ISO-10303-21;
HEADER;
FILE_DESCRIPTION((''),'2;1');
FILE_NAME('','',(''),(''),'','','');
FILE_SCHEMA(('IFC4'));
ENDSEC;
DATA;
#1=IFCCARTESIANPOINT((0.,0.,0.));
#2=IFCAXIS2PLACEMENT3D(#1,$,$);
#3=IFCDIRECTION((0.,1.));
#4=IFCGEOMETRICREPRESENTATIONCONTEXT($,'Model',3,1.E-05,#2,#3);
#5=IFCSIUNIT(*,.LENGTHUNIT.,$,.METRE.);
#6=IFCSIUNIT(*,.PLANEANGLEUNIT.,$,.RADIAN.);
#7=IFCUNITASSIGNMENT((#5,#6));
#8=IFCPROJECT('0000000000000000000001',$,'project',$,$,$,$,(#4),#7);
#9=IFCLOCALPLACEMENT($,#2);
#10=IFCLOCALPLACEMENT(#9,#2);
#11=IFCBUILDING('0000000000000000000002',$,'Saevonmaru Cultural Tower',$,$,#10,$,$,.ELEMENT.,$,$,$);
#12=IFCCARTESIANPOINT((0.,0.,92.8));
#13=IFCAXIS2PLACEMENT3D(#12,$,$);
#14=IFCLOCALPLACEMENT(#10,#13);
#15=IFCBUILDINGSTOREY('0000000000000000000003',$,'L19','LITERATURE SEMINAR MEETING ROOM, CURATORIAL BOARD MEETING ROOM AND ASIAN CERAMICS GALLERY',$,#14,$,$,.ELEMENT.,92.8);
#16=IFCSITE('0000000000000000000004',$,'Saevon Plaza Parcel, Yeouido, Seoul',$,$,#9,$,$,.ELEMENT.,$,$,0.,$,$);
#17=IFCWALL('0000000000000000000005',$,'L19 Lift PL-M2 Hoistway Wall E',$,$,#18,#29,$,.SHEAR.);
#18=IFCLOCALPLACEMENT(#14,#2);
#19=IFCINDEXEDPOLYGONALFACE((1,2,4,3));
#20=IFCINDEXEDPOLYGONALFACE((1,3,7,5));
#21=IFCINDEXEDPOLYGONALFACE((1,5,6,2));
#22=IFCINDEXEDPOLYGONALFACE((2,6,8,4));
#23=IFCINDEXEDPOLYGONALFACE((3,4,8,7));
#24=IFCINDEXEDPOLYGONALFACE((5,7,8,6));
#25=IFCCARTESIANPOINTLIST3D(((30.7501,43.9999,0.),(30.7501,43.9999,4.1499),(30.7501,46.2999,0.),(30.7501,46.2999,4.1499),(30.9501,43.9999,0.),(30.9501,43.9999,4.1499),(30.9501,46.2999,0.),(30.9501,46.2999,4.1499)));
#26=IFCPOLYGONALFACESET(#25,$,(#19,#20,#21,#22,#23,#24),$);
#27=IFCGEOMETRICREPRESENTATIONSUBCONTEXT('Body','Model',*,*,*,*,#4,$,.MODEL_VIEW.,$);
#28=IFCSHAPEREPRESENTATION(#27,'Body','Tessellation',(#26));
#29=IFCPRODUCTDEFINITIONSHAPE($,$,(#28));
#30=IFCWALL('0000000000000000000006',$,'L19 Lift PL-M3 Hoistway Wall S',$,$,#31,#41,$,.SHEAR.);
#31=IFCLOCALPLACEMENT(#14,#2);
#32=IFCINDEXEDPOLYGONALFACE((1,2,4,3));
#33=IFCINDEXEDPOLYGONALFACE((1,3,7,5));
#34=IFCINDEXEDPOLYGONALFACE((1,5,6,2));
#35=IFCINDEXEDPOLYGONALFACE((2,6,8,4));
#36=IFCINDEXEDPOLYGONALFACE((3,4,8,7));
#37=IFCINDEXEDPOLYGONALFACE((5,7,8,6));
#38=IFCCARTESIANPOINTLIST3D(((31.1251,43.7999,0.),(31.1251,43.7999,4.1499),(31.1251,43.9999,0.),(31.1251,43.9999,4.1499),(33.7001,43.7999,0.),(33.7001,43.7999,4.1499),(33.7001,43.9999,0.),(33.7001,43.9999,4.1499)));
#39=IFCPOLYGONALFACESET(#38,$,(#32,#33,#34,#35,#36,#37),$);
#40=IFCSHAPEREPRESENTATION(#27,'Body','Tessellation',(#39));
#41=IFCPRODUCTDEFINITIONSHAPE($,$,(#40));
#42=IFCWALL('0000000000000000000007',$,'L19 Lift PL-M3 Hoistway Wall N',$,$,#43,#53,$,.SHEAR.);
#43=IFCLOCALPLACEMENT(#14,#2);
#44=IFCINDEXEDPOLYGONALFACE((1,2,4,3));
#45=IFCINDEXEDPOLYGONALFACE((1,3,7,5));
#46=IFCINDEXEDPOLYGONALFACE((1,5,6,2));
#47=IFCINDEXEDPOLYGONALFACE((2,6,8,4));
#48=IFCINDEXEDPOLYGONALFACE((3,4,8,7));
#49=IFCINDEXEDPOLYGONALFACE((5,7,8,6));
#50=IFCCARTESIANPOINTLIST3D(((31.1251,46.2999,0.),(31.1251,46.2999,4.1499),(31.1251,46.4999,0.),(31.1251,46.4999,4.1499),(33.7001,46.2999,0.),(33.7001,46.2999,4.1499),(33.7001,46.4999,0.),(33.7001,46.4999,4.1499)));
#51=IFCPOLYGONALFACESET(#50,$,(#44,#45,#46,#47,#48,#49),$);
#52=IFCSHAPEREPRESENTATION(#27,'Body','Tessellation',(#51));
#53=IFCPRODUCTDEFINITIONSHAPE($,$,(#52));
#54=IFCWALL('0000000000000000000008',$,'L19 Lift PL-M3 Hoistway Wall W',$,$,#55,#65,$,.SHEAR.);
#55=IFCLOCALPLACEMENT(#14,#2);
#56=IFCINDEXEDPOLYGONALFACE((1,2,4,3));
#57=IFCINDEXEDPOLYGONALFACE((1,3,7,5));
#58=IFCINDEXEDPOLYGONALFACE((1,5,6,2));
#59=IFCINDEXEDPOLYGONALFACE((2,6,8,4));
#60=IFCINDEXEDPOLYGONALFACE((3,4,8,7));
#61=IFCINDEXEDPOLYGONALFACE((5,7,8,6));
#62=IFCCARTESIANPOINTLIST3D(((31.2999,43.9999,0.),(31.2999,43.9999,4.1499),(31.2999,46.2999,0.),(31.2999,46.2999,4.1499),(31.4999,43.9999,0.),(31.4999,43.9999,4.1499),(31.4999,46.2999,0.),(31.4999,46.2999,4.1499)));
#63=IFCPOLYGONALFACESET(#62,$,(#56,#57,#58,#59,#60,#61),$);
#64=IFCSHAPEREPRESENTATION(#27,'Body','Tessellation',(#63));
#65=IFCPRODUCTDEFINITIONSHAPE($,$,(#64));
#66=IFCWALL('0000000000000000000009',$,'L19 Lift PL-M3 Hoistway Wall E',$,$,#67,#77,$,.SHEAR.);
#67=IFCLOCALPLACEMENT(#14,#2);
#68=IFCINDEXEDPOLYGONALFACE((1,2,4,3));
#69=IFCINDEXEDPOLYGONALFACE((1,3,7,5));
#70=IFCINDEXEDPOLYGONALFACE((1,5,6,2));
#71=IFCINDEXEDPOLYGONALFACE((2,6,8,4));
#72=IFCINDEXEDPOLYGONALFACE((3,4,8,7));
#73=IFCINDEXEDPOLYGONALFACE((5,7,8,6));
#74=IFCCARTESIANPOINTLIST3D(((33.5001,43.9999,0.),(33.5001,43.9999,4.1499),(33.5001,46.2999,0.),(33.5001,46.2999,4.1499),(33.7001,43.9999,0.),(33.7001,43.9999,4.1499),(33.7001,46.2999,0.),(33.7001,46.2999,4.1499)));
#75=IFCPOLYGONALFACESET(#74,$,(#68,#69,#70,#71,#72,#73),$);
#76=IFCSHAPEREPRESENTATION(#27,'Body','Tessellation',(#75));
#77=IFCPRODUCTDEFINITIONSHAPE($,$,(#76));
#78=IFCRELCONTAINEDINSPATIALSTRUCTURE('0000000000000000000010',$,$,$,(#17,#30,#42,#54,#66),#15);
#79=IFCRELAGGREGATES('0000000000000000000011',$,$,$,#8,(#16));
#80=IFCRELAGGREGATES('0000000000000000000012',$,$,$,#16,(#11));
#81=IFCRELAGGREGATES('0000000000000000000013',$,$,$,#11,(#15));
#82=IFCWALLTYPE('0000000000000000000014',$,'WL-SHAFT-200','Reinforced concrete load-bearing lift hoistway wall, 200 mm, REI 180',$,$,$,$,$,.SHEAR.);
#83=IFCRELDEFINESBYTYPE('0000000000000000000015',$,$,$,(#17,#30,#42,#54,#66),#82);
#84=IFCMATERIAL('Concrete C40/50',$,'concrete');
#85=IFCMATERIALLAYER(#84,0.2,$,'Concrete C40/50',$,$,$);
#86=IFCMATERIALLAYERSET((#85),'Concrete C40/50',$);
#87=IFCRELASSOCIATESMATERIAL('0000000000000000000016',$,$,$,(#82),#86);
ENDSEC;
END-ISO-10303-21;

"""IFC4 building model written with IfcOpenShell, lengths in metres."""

from ifc_helpers import new_model, si_unit, direction, frame, frame_2d, origin, place, context, subcontext, project, spatial, rectangle, extrude, material, layer, layer_set, type_object, element, save


model = new_model("IFC4")

# Units and contexts
model_context = context("Model", 3, precision=1e-05, world=origin(), true_north=direction((0.0, 1.0)))
body_context = subcontext(model_context, "Body", "Model", "MODEL_VIEW")
ifc_project = project(units=[si_unit("LENGTHUNIT", "METRE"), si_unit("PLANEANGLEUNIT", "RADIAN")], contexts=[model_context])

# Site, building, storey
site_placement = place(None, origin())
site = spatial("IfcSite", under=ifc_project, at=site_placement, Name="Saevon Plaza Parcel, Yeouido, Seoul", CompositionType="ELEMENT", RefElevation=0.0)
building_placement = place(site_placement, origin())
building = spatial("IfcBuilding", under=site, at=building_placement, Name="Saevonmaru Cultural Tower", CompositionType="ELEMENT")
storey_placement = place(building_placement, frame((0.0, 0.0, 92.8)))
storey = spatial("IfcBuildingStorey", under=building, at=storey_placement, Name="L19", Description="LITERATURE SEMINAR MEETING ROOM, CURATORIAL BOARD MEETING ROOM AND ASIAN CERAMICS GALLERY", CompositionType="ELEMENT", Elevation=92.8)

# Walls
ifc_material_1 = material(Name="Concrete C40/50", Category="concrete")
ifc_layer_1 = layer(ifc_material_1, 0.2, Name="Concrete C40/50")
ifc_layer_set_1 = layer_set([ifc_layer_1], Name="Concrete C40/50")
wall_type_1 = type_object("IfcWallType", Name="WL-SHAFT-200", Description="Reinforced concrete load-bearing lift hoistway wall, 200 mm, REI 180", PredefinedType="SHEAR", material=ifc_layer_set_1)
for number, where, z_axis, x_axis, name in (
    (1, (30.8501, 44.0, 0.0), (0.0, 0.0, 1.0), (0.0, 1.0, 0.0), "L19 Lift PL-M2 Hoistway Wall E"),
):
    element("IfcWall", number, at=place(storey_placement, frame(where, z_axis=z_axis, x_axis=x_axis)), inside=storey, type_object=wall_type_1, Name=name, PredefinedType="SHEAR", context=body_context, shape_type="SweptSolid", body=[
        extrude(rectangle(XDim=2.3, YDim=0.2, at=frame_2d((1.1499, 0.0))), origin(), (0.0, 0.0, 1.0), 4.1499),
    ])
for number, where, z_axis, x_axis, name in (
    (2, (31.125, 43.8999, 0.0), (0.0, 0.0, 1.0), (1.0, 0.0, 0.0), "L19 Lift PL-M3 Hoistway Wall S"),
    (3, (31.125, 46.3999, 0.0), (0.0, 0.0, 1.0), (1.0, 0.0, 0.0), "L19 Lift PL-M3 Hoistway Wall N"),
):
    element("IfcWall", number, at=place(storey_placement, frame(where, z_axis=z_axis, x_axis=x_axis)), inside=storey, type_object=wall_type_1, Name=name, PredefinedType="SHEAR", context=body_context, shape_type="SweptSolid", body=[
        extrude(rectangle(XDim=2.575, YDim=0.2, at=frame_2d((1.2876, 0.0))), origin(), (0.0, 0.0, 1.0), 4.1499),
    ])
for number, where, z_axis, x_axis, name in (
    (4, (31.3999, 44.0, 0.0), (0.0, 0.0, 1.0), (0.0, 1.0, 0.0), "L19 Lift PL-M3 Hoistway Wall W"),
    (5, (33.6001, 44.0, 0.0), (0.0, 0.0, 1.0), (0.0, 1.0, 0.0), "L19 Lift PL-M3 Hoistway Wall E"),
):
    element("IfcWall", number, at=place(storey_placement, frame(where, z_axis=z_axis, x_axis=x_axis)), inside=storey, type_object=wall_type_1, Name=name, PredefinedType="SHEAR", context=body_context, shape_type="SweptSolid", body=[
        extrude(rectangle(XDim=2.3, YDim=0.2, at=frame_2d((1.1499, 0.0))), origin(), (0.0, 0.0, 1.0), 4.1499),
    ])

save(model, "model.ifc")
